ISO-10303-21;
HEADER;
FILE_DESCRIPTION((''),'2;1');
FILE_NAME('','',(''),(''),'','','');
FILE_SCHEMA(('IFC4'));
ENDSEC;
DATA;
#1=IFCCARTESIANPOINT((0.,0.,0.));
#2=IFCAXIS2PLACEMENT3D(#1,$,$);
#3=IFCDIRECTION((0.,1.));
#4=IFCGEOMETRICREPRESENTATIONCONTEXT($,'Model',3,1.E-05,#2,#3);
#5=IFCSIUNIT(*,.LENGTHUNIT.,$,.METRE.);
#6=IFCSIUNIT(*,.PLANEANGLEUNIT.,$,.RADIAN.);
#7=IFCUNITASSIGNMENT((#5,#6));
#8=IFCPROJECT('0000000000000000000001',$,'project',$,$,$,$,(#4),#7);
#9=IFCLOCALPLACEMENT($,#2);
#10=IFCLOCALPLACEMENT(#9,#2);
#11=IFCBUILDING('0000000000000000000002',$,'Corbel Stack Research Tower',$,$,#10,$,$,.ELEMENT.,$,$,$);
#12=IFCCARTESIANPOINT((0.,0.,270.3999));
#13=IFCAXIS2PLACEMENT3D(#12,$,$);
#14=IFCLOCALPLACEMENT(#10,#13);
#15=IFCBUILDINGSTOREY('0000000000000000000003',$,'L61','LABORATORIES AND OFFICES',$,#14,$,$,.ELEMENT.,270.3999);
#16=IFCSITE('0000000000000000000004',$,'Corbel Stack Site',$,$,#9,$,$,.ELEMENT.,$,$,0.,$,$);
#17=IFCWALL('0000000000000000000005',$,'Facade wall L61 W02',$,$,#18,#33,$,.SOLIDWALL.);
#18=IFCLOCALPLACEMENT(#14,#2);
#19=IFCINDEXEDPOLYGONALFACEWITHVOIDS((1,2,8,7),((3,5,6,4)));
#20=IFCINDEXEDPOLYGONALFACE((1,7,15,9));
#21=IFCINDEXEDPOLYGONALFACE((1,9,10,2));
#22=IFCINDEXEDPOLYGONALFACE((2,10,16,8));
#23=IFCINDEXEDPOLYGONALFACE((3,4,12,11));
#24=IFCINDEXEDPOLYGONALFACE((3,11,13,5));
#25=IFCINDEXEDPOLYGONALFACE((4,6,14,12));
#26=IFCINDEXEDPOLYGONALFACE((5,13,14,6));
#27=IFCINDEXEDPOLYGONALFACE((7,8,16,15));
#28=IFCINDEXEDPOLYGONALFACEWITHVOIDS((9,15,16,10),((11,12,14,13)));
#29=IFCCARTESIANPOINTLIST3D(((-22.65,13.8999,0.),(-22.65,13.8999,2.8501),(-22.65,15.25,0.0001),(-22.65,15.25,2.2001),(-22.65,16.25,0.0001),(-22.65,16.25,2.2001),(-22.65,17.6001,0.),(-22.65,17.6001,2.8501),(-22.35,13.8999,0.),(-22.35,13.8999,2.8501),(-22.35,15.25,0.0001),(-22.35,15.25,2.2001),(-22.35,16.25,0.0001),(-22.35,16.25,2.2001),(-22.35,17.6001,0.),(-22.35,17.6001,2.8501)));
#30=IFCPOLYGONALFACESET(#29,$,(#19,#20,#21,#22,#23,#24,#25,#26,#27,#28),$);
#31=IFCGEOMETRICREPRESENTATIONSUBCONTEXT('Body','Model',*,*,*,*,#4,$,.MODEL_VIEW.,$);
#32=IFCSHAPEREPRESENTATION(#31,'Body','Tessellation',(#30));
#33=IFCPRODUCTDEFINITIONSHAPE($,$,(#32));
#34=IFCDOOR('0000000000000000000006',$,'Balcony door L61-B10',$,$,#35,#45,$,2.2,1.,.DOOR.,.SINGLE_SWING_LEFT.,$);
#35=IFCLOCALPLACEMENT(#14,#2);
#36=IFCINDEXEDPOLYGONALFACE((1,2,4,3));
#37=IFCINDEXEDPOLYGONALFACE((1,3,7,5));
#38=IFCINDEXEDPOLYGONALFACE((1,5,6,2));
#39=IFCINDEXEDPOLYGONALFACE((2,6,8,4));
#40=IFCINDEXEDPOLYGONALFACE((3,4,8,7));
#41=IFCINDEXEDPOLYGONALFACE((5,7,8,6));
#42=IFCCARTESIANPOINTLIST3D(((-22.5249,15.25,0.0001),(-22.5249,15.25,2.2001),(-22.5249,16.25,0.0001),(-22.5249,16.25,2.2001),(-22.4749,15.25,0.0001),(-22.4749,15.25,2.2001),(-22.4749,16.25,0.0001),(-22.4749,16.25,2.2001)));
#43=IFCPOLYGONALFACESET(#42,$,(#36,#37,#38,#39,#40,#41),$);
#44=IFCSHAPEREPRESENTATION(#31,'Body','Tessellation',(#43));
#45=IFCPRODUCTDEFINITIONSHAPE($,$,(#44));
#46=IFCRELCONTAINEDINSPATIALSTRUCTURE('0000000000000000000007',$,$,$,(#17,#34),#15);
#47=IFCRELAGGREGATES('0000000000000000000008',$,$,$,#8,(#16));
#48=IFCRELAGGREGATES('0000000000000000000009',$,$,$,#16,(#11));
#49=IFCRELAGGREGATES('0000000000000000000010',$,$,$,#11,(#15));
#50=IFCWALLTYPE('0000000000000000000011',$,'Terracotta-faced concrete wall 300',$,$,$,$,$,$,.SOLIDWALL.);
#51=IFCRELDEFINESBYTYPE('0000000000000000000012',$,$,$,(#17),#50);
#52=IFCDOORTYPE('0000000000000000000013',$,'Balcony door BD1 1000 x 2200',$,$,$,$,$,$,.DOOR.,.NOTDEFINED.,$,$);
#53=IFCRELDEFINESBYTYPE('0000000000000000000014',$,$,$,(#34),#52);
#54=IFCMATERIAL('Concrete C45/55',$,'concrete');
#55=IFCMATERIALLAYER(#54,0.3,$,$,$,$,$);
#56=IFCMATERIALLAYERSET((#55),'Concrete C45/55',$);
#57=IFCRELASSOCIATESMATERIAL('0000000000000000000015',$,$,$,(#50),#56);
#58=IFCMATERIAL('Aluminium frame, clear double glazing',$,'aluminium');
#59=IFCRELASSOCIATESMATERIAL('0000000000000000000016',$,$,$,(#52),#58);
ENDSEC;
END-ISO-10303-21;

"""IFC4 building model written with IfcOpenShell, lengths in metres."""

from ifc_helpers import new_model, si_unit, direction, frame, frame_2d, origin, place, context, subcontext, project, spatial, rectangle, extrude, material, layer, layer_set, type_object, element, fill, save


model = new_model("IFC4")

# Units and contexts
model_context = context("Model", 3, precision=1e-05, world=origin(), true_north=direction((0.0, 1.0)))
body_context = subcontext(model_context, "Body", "Model", "MODEL_VIEW")
ifc_project = project(units=[si_unit("LENGTHUNIT", "METRE"), si_unit("PLANEANGLEUNIT", "RADIAN")], contexts=[model_context])

# Site, building, storey
site_placement = place(None, origin())
site = spatial("IfcSite", under=ifc_project, at=site_placement, Name="Corbel Stack Site", CompositionType="ELEMENT", RefElevation=0.0)
building_placement = place(site_placement, origin())
building = spatial("IfcBuilding", under=site, at=building_placement, Name="Corbel Stack Research Tower", CompositionType="ELEMENT")
storey_placement = place(building_placement, frame((0.0, 0.0, 270.3999)))
storey = spatial("IfcBuildingStorey", under=building, at=storey_placement, Name="L61", Description="LABORATORIES AND OFFICES", CompositionType="ELEMENT", Elevation=270.3999)

# Wall, opening, door
ifc_material_1 = material(Name="Concrete C45/55", Category="concrete")
ifc_layer_1 = layer(ifc_material_1, 0.3)
ifc_layer_set_1 = layer_set([ifc_layer_1], Name="Concrete C45/55")
wall_type_1 = type_object("IfcWallType", Name="Terracotta-faced concrete wall 300", PredefinedType="SOLIDWALL", material=ifc_layer_set_1)
wall_1_placement = place(storey_placement, frame((-22.5, 13.8999, 0.0), z_axis=(0.0, 0.0, 1.0), x_axis=(0.0, 1.0, 0.0)))
wall_1 = element("IfcWall", 1, at=wall_1_placement, inside=storey, type_object=wall_type_1, Name="Facade wall L61 W02", PredefinedType="SOLIDWALL", context=body_context, shape_type="SweptSolid", body=[
    extrude(rectangle(XDim=3.7002, YDim=0.3, at=frame_2d((1.8501, 0.0))), origin(), (0.0, 0.0, 1.0), 2.8501),
])
opening_1_placement = place(wall_1_placement, frame((1.3501, 0.0, 0.0)))
opening_1 = element("IfcOpeningElement", 2, at=opening_1_placement, cuts=wall_1, PredefinedType="OPENING", context=body_context, shape_type="SweptSolid", body=[
    extrude(rectangle(XDim=1.0, YDim=2.2, at=frame_2d((0.5, 1.1001))), frame((0.0, 0.1599, 0.0), z_axis=(0.0, -1.0, 0.0), x_axis=(1.0, 0.0, 0.0)), (0.0, 0.0, 1.0), 0.3201),
])
ifc_material_2 = material(Name="Aluminium frame, clear double glazing", Category="aluminium")
door_type_1 = type_object("IfcDoorType", Name="Balcony door BD1 1000 x 2200", OperationType="NOTDEFINED", PredefinedType="DOOR", material=ifc_material_2)
door_1_placement = place(opening_1_placement, origin())
door_1 = element("IfcDoor", 3, at=door_1_placement, inside=storey, type_object=door_type_1, Name="Balcony door L61-B10", OperationType="SINGLE_SWING_LEFT", OverallHeight=2.2, OverallWidth=1.0, PredefinedType="DOOR", context=body_context, shape_type="SweptSolid", body=[
    extrude(rectangle(XDim=1.0, YDim=2.2, at=frame_2d((0.5, 1.1001))), frame((0.0, 0.0249, 0.0), z_axis=(0.0, -1.0, 0.0), x_axis=(1.0, 0.0, 0.0)), (0.0, 0.0, 1.0), 0.05),
])
fill(opening_1, door_1)

save(model, "model.ifc")
